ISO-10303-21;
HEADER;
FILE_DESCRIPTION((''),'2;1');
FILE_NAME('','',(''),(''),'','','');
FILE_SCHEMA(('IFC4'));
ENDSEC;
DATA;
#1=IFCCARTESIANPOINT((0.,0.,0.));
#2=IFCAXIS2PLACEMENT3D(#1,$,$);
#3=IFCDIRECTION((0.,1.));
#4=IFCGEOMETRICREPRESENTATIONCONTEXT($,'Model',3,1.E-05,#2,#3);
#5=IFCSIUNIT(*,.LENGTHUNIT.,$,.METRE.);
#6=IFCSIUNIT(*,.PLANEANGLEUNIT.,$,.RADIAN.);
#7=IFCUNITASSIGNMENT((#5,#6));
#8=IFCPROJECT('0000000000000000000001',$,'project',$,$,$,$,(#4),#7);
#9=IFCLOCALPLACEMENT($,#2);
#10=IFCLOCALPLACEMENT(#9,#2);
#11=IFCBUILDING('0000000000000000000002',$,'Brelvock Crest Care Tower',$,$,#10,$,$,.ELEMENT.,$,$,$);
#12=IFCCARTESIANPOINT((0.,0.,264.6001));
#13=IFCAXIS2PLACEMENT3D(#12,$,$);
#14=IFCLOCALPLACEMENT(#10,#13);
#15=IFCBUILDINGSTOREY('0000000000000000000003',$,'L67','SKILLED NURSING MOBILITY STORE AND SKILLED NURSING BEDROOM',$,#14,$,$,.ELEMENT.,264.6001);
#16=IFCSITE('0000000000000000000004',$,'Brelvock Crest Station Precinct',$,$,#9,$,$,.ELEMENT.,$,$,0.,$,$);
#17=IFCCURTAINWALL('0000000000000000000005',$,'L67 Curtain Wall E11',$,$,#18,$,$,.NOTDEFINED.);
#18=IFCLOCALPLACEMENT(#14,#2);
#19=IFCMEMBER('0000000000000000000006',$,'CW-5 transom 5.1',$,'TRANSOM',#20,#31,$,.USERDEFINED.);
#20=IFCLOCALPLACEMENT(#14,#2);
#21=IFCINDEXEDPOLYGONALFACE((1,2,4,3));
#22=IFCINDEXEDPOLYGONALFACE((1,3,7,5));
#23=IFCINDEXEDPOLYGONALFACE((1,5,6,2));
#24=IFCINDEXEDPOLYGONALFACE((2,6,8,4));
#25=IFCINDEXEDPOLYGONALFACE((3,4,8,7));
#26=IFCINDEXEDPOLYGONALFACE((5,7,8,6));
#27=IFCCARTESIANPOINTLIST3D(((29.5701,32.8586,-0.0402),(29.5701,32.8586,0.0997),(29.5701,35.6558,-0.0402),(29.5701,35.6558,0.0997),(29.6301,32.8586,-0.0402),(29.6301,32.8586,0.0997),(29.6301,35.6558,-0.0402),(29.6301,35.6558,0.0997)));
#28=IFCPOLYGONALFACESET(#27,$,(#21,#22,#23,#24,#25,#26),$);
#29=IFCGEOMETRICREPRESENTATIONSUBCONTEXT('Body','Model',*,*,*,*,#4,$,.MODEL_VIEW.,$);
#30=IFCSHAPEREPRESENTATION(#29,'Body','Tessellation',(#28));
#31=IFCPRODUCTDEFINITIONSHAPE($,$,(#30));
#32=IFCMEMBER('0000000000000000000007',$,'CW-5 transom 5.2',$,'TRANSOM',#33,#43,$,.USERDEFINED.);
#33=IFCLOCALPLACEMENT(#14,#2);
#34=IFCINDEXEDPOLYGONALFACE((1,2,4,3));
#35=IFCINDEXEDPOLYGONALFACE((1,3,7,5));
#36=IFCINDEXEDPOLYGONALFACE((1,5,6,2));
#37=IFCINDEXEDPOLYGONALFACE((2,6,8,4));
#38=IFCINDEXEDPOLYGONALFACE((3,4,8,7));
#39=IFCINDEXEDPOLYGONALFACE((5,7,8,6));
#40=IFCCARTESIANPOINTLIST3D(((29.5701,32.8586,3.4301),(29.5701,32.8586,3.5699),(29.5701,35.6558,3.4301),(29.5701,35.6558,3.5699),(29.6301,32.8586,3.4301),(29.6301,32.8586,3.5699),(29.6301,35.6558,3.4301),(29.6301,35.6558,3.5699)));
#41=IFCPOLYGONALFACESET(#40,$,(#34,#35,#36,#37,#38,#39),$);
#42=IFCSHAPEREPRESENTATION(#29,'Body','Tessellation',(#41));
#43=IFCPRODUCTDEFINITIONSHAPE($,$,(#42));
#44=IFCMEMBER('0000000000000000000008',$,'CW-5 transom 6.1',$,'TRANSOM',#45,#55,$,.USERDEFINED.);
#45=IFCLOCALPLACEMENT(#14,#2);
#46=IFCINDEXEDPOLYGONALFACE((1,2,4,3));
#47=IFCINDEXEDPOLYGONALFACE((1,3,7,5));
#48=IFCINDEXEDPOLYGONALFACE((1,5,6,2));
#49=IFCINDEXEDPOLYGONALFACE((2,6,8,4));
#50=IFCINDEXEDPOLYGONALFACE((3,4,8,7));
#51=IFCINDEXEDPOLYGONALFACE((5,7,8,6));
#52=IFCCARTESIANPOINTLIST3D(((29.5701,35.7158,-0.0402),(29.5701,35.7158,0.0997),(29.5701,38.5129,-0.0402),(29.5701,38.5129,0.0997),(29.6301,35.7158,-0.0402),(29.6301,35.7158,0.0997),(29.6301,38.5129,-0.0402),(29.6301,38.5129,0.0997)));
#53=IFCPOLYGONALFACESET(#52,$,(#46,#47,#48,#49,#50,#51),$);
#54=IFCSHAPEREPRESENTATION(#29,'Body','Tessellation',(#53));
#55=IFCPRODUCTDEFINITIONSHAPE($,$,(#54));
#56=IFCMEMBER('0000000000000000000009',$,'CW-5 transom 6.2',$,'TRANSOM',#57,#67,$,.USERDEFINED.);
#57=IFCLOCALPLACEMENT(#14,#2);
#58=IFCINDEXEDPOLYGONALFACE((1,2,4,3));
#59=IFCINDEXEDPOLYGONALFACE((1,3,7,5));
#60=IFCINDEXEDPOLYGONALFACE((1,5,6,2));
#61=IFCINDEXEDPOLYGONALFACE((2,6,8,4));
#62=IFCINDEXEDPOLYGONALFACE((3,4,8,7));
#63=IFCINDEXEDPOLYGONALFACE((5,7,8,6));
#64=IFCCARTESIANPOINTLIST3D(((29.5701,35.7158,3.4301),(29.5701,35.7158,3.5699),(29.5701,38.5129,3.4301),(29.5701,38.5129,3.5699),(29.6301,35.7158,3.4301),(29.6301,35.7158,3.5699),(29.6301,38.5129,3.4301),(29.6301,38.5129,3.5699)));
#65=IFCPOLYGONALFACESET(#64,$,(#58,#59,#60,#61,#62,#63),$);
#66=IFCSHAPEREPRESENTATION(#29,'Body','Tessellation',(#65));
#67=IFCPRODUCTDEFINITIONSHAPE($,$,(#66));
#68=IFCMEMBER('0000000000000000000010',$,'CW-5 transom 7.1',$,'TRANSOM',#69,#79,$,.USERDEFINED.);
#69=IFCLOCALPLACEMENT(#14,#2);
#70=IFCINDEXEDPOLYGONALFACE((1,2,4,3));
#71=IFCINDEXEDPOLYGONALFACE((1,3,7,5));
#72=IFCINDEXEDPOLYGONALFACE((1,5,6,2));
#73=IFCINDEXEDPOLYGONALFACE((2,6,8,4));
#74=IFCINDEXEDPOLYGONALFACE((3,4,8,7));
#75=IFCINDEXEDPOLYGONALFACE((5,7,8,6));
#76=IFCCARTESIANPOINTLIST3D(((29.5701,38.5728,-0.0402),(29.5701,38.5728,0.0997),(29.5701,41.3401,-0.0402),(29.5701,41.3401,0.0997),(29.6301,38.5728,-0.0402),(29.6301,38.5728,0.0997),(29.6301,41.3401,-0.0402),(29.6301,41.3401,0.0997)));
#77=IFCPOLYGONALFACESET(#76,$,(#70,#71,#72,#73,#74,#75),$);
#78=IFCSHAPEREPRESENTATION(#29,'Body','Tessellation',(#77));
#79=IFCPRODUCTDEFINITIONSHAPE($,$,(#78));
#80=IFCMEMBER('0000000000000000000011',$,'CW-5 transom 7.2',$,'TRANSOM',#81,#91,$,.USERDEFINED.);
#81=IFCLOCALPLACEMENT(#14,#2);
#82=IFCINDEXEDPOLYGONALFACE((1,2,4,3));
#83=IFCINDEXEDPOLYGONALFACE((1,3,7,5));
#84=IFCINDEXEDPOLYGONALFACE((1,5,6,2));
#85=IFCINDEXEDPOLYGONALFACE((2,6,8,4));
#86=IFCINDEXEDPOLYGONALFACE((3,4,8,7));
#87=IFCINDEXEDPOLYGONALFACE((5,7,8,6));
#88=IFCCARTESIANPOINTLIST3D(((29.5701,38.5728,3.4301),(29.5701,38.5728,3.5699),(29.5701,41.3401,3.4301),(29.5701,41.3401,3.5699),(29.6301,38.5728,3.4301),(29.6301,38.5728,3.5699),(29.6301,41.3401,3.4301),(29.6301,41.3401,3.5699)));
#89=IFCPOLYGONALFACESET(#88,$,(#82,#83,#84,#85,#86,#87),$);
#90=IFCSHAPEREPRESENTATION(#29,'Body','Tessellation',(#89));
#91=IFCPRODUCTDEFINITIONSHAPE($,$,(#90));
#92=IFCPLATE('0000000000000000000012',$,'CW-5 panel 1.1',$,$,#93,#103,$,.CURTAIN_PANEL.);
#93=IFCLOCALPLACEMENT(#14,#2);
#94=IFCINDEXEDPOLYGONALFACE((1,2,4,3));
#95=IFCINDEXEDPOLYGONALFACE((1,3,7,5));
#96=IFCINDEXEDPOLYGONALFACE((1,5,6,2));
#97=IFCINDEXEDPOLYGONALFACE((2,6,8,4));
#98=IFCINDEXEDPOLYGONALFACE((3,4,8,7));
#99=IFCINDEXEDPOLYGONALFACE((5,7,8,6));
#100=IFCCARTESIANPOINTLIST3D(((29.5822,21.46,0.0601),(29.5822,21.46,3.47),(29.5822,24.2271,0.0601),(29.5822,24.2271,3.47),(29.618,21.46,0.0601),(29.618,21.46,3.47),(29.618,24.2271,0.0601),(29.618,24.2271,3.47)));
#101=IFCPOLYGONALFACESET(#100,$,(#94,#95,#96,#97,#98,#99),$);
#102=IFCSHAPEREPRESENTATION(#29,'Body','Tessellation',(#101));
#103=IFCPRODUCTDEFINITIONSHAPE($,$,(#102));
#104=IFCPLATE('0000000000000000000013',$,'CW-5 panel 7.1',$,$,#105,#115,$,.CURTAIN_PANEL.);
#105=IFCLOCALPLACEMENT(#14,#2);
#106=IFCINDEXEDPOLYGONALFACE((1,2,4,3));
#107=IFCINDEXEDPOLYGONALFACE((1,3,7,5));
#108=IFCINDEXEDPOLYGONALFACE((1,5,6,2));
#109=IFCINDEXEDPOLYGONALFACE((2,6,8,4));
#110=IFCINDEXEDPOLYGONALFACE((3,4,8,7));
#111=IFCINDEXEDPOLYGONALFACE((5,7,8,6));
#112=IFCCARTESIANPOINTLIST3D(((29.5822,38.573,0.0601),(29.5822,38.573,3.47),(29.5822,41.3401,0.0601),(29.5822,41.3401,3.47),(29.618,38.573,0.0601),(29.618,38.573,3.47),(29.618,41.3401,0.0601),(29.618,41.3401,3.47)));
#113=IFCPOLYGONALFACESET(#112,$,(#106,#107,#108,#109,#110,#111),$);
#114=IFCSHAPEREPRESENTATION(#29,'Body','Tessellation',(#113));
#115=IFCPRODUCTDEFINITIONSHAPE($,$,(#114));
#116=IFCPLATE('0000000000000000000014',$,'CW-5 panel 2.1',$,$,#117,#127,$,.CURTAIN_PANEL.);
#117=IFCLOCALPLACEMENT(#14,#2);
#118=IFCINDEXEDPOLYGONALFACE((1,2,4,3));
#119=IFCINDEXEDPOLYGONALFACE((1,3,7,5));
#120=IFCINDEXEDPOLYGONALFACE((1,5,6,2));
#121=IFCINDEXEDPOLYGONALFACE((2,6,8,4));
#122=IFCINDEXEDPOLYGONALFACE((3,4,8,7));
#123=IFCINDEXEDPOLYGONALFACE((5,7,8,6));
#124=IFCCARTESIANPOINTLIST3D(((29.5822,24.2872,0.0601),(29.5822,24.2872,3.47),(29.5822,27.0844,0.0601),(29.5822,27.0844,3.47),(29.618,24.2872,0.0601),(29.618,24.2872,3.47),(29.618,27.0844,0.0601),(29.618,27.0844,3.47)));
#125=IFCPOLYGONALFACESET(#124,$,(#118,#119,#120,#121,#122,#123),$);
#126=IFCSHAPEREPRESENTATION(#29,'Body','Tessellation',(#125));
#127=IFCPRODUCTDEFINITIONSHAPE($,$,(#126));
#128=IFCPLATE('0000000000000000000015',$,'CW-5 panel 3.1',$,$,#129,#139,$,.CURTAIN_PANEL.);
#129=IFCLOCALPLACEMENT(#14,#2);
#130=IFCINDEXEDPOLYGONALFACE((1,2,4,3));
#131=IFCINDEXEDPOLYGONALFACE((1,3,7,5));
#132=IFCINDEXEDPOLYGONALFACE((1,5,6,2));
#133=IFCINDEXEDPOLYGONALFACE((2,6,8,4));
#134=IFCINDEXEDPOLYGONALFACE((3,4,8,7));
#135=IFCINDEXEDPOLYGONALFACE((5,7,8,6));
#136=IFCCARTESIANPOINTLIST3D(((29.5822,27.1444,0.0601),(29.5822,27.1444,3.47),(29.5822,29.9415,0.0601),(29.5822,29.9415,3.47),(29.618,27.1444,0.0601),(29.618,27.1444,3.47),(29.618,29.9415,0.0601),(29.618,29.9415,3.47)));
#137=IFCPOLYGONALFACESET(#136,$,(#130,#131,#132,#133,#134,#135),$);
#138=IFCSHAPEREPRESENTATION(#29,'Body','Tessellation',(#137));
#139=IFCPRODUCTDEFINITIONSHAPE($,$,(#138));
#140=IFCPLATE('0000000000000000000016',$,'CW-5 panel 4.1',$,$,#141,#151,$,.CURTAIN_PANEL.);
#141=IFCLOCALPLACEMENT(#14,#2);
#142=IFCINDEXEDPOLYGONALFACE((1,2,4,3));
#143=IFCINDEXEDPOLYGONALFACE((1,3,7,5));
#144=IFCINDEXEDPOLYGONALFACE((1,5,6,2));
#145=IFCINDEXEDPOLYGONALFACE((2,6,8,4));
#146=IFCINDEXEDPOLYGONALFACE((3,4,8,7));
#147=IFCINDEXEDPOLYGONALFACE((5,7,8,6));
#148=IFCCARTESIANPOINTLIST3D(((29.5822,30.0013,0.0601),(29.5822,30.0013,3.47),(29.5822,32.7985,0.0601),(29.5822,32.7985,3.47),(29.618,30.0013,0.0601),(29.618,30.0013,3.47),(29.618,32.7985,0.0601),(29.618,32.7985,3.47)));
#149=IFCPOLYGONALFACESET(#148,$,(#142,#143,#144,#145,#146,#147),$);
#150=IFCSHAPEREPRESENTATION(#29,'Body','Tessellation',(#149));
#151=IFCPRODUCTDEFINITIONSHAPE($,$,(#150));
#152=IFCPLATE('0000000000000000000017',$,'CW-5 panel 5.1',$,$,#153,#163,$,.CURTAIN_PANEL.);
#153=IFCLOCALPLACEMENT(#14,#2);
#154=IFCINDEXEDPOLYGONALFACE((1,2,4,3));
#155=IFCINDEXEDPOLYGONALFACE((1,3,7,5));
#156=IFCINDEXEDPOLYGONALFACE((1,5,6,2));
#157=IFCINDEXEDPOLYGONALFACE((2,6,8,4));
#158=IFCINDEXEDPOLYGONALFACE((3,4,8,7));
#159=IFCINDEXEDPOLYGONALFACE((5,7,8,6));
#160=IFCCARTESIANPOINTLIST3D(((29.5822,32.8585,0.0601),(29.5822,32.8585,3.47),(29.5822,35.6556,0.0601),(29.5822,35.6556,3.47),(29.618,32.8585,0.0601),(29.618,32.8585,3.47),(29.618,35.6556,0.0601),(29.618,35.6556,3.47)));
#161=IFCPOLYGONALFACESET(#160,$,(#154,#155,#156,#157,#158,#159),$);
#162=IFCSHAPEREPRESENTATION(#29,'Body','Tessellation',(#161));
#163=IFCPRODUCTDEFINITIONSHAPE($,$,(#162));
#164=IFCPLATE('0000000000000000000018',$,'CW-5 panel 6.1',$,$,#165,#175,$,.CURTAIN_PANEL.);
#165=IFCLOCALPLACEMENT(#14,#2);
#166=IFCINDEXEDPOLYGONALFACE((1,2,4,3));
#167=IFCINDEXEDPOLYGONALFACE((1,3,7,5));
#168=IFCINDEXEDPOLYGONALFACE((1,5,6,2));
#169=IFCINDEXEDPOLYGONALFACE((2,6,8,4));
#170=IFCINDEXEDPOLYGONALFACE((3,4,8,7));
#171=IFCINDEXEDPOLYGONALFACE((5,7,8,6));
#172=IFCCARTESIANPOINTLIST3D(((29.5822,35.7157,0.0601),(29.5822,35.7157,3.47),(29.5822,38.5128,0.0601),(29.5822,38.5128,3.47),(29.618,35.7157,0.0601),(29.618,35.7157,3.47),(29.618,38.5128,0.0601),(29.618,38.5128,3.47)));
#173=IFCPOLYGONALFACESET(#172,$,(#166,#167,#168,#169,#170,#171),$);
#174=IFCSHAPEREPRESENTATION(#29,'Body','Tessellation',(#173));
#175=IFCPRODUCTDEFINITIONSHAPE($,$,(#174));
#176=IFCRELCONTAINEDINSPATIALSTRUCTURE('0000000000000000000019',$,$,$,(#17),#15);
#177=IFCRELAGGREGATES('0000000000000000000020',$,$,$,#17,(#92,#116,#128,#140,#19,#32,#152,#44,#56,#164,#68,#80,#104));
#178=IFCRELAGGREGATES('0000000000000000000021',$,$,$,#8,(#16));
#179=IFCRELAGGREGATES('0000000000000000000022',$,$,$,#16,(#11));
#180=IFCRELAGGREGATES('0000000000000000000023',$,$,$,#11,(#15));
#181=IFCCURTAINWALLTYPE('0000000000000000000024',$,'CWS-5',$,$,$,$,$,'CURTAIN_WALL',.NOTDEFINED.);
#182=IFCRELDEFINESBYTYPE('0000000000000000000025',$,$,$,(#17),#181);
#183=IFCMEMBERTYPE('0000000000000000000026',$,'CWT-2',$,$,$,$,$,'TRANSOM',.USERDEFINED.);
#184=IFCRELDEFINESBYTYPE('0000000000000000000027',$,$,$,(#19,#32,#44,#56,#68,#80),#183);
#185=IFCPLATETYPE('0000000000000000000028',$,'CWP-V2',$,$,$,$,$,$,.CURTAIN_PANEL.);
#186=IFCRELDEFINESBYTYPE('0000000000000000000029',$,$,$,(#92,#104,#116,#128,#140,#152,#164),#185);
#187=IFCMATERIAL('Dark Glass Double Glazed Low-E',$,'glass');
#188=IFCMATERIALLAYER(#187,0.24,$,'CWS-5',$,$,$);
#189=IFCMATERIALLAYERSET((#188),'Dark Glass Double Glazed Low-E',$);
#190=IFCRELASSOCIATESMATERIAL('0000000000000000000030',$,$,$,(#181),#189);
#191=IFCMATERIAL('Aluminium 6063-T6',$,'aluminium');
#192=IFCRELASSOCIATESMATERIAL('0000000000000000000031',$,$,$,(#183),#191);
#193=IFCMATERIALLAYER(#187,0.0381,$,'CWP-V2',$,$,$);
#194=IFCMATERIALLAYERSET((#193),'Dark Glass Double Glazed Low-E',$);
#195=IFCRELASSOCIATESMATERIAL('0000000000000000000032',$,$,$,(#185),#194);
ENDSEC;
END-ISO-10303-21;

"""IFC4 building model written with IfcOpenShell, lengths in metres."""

from ifc_helpers import new_model, si_unit, direction, frame, origin, origin_2d, place, context, subcontext, project, spatial, rectangle, extrude, source, transform, mapped, material, layer, layer_set, material_profile, profile_set, type_object, element, aggregate, save


model = new_model("IFC4")

# Units and contexts
model_context = context("Model", 3, precision=1e-05, world=origin(), true_north=direction((0.0, 1.0)))
body_context = subcontext(model_context, "Body", "Model", "MODEL_VIEW")
ifc_project = project(units=[si_unit("LENGTHUNIT", "METRE"), si_unit("PLANEANGLEUNIT", "RADIAN")], contexts=[model_context])

# Site, building, storey
site_placement = place(None, origin())
site = spatial("IfcSite", under=ifc_project, at=site_placement, Name="Brelvock Crest Station Precinct", CompositionType="ELEMENT", RefElevation=0.0)
building_placement = place(site_placement, origin())
building = spatial("IfcBuilding", under=site, at=building_placement, Name="Brelvock Crest Care Tower", CompositionType="ELEMENT")
storey_placement = place(building_placement, frame((0.0, 0.0, 264.6001)))
storey = spatial("IfcBuildingStorey", under=building, at=storey_placement, Name="L67", Description="SKILLED NURSING MOBILITY STORE AND SKILLED NURSING BEDROOM", CompositionType="ELEMENT", Elevation=264.6001)

# Curtain wall, members, plates
ifc_material_1 = material(Name="Dark Glass Double Glazed Low-E", Category="glass")
ifc_layer_1 = layer(ifc_material_1, 0.24, Name="CWS-5")
ifc_layer_set_1 = layer_set([ifc_layer_1], Name="Dark Glass Double Glazed Low-E")
curtain_wall_type = type_object("IfcCurtainWallType", Name="CWS-5", ElementType="CURTAIN_WALL", PredefinedType="NOTDEFINED", material=ifc_layer_set_1)
curtain_wall_placement = place(storey_placement, origin())
curtain_wall = element("IfcCurtainWall", 1, at=curtain_wall_placement, inside=storey, type_object=curtain_wall_type, Name="L67 Curtain Wall E11", PredefinedType="NOTDEFINED")
ifc_material_2 = material(Name="Aluminium 6063-T6", Category="aluminium")
ifc_material_profile_1 = material_profile(ifc_material_2, rectangle(XDim=0.0601, YDim=0.1399, at=origin_2d()), Name="ALU60x140")
ifc_profile_set_1 = profile_set([ifc_material_profile_1], Name="Aluminium 6063-T6")
member_type_1 = type_object("IfcMemberType", Name="CWT-2", ElementType="TRANSOM", PredefinedType="USERDEFINED", material=ifc_profile_set_1)
shared_shape_1 = source(origin(), body_context, "Body", "SweptSolid", [
    extrude(rectangle(XDim=0.0601, YDim=0.1399, at=origin_2d()), origin(), (0.0, 0.0, 1.0), 2.7971),
])
member_1_placement = place(storey_placement, frame((29.6001, 32.8586, 0.0298), z_axis=(0.0, 1.0, 0.0), x_axis=(-1.0, 0.0, 0.0)))
member_1 = element("IfcMember", 2, at=member_1_placement, type_object=member_type_1, Name="CW-5 transom 5.1", ObjectType="TRANSOM", PredefinedType="USERDEFINED", context=body_context, shape_type="MappedRepresentation", body=[
    mapped(shared_shape_1, transform((0.0, 0.0, 0.0), x_axis=(1.0, 0.0, 0.0), y_axis=(0.0, 1.0, 0.0), z_axis=(0.0, 0.0, 1.0), scale=1.0)),
])
member_2_placement = place(storey_placement, frame((29.6001, 32.8586, 3.5), z_axis=(0.0, 1.0, 0.0), x_axis=(-1.0, 0.0, 0.0)))
member_2 = element("IfcMember", 3, at=member_2_placement, type_object=member_type_1, Name="CW-5 transom 5.2", ObjectType="TRANSOM", PredefinedType="USERDEFINED", context=body_context, shape_type="MappedRepresentation", body=[
    mapped(shared_shape_1, transform((0.0, 0.0, 0.0), x_axis=(1.0, 0.0, 0.0), y_axis=(0.0, 1.0, 0.0), z_axis=(0.0, 0.0, 1.0), scale=1.0)),
])
member_3_placement = place(storey_placement, frame((29.6001, 35.7158, 0.0298), z_axis=(0.0, 1.0, 0.0), x_axis=(-1.0, 0.0, 0.0)))
member_3 = element("IfcMember", 4, at=member_3_placement, type_object=member_type_1, Name="CW-5 transom 6.1", ObjectType="TRANSOM", PredefinedType="USERDEFINED", context=body_context, shape_type="MappedRepresentation", body=[
    mapped(shared_shape_1, transform((0.0, 0.0, 0.0), x_axis=(1.0, 0.0, 0.0), y_axis=(0.0, 1.0, 0.0), z_axis=(0.0, 0.0, 1.0), scale=1.0)),
])
member_4_placement = place(storey_placement, frame((29.6001, 35.7158, 3.5), z_axis=(0.0, 1.0, 0.0), x_axis=(-1.0, 0.0, 0.0)))
member_4 = element("IfcMember", 5, at=member_4_placement, type_object=member_type_1, Name="CW-5 transom 6.2", ObjectType="TRANSOM", PredefinedType="USERDEFINED", context=body_context, shape_type="MappedRepresentation", body=[
    mapped(shared_shape_1, transform((0.0, 0.0, 0.0), x_axis=(1.0, 0.0, 0.0), y_axis=(0.0, 1.0, 0.0), z_axis=(0.0, 0.0, 1.0), scale=1.0)),
])
shared_shape_2 = source(origin(), body_context, "Body", "SweptSolid", [
    extrude(rectangle(XDim=0.0601, YDim=0.1399, at=origin_2d()), origin(), (0.0, 0.0, 1.0), 2.7673),
])
member_5_placement = place(storey_placement, frame((29.6001, 38.5728, 0.0298), z_axis=(0.0, 1.0, 0.0), x_axis=(-1.0, 0.0, 0.0)))
member_5 = element("IfcMember", 6, at=member_5_placement, type_object=member_type_1, Name="CW-5 transom 7.1", ObjectType="TRANSOM", PredefinedType="USERDEFINED", context=body_context, shape_type="MappedRepresentation", body=[
    mapped(shared_shape_2, transform((0.0, 0.0, 0.0), x_axis=(1.0, 0.0, 0.0), y_axis=(0.0, 1.0, 0.0), z_axis=(0.0, 0.0, 1.0), scale=1.0)),
])
member_6_placement = place(storey_placement, frame((29.6001, 38.5728, 3.5), z_axis=(0.0, 1.0, 0.0), x_axis=(-1.0, 0.0, 0.0)))
member_6 = element("IfcMember", 7, at=member_6_placement, type_object=member_type_1, Name="CW-5 transom 7.2", ObjectType="TRANSOM", PredefinedType="USERDEFINED", context=body_context, shape_type="MappedRepresentation", body=[
    mapped(shared_shape_2, transform((0.0, 0.0, 0.0), x_axis=(1.0, 0.0, 0.0), y_axis=(0.0, 1.0, 0.0), z_axis=(0.0, 0.0, 1.0), scale=1.0)),
])
ifc_layer_2 = layer(ifc_material_1, 0.0381, Name="CWP-V2")
ifc_layer_set_2 = layer_set([ifc_layer_2], Name="Dark Glass Double Glazed Low-E")
plate_type = type_object("IfcPlateType", Name="CWP-V2", PredefinedType="CURTAIN_PANEL", material=ifc_layer_set_2)
shared_shape_3 = source(origin(), body_context, "Body", "SweptSolid", [
    extrude(rectangle(XDim=2.7671, YDim=0.0359, at=origin_2d()), origin(), (0.0, 0.0, 1.0), 3.4099),
])
plate_1_placement = place(storey_placement, frame((29.6001, 22.8435, 0.0601), z_axis=(0.0, 0.0, 1.0), x_axis=(0.0, 1.0, 0.0)))
plate_1 = element("IfcPlate", 8, at=plate_1_placement, type_object=plate_type, Name="CW-5 panel 1.1", PredefinedType="CURTAIN_PANEL", context=body_context, shape_type="MappedRepresentation", body=[
    mapped(shared_shape_3, transform((0.0, 0.0, 0.0), x_axis=(1.0, 0.0, 0.0), y_axis=(0.0, 1.0, 0.0), z_axis=(0.0, 0.0, 1.0), scale=1.0)),
])
plate_2_placement = place(storey_placement, frame((29.6001, 39.9565, 0.0601), z_axis=(0.0, 0.0, 1.0), x_axis=(0.0, 1.0, 0.0)))
plate_2 = element("IfcPlate", 9, at=plate_2_placement, type_object=plate_type, Name="CW-5 panel 7.1", PredefinedType="CURTAIN_PANEL", context=body_context, shape_type="MappedRepresentation", body=[
    mapped(shared_shape_3, transform((0.0, 0.0, 0.0), x_axis=(1.0, 0.0, 0.0), y_axis=(0.0, 1.0, 0.0), z_axis=(0.0, 0.0, 1.0), scale=1.0)),
])
shared_shape_4 = source(origin(), body_context, "Body", "SweptSolid", [
    extrude(rectangle(XDim=2.7971, YDim=0.0359, at=origin_2d()), origin(), (0.0, 0.0, 1.0), 3.4099),
])
plate_3_placement = place(storey_placement, frame((29.6001, 25.6858, 0.0601), z_axis=(0.0, 0.0, 1.0), x_axis=(0.0, 1.0, 0.0)))
plate_3 = element("IfcPlate", 10, at=plate_3_placement, type_object=plate_type, Name="CW-5 panel 2.1", PredefinedType="CURTAIN_PANEL", context=body_context, shape_type="MappedRepresentation", body=[
    mapped(shared_shape_4, transform((0.0, 0.0, 0.0), x_axis=(1.0, 0.0, 0.0), y_axis=(0.0, 1.0, 0.0), z_axis=(0.0, 0.0, 1.0), scale=1.0)),
])
plate_4_placement = place(storey_placement, frame((29.6001, 28.543, 0.0601), z_axis=(0.0, 0.0, 1.0), x_axis=(0.0, 1.0, 0.0)))
plate_4 = element("IfcPlate", 11, at=plate_4_placement, type_object=plate_type, Name="CW-5 panel 3.1", PredefinedType="CURTAIN_PANEL", context=body_context, shape_type="MappedRepresentation", body=[
    mapped(shared_shape_4, transform((0.0, 0.0, 0.0), x_axis=(1.0, 0.0, 0.0), y_axis=(0.0, 1.0, 0.0), z_axis=(0.0, 0.0, 1.0), scale=1.0)),
])
plate_5_placement = place(storey_placement, frame((29.6001, 31.3999, 0.0601), z_axis=(0.0, 0.0, 1.0), x_axis=(0.0, 1.0, 0.0)))
plate_5 = element("IfcPlate", 12, at=plate_5_placement, type_object=plate_type, Name="CW-5 panel 4.1", PredefinedType="CURTAIN_PANEL", context=body_context, shape_type="MappedRepresentation", body=[
    mapped(shared_shape_4, transform((0.0, 0.0, 0.0), x_axis=(1.0, 0.0, 0.0), y_axis=(0.0, 1.0, 0.0), z_axis=(0.0, 0.0, 1.0), scale=1.0)),
])
plate_6_placement = place(storey_placement, frame((29.6001, 34.2571, 0.0601), z_axis=(0.0, 0.0, 1.0), x_axis=(0.0, 1.0, 0.0)))
plate_6 = element("IfcPlate", 13, at=plate_6_placement, type_object=plate_type, Name="CW-5 panel 5.1", PredefinedType="CURTAIN_PANEL", context=body_context, shape_type="MappedRepresentation", body=[
    mapped(shared_shape_4, transform((0.0, 0.0, 0.0), x_axis=(1.0, 0.0, 0.0), y_axis=(0.0, 1.0, 0.0), z_axis=(0.0, 0.0, 1.0), scale=1.0)),
])
plate_7_placement = place(storey_placement, frame((29.6001, 37.1143, 0.0601), z_axis=(0.0, 0.0, 1.0), x_axis=(0.0, 1.0, 0.0)))
plate_7 = element("IfcPlate", 14, at=plate_7_placement, type_object=plate_type, Name="CW-5 panel 6.1", PredefinedType="CURTAIN_PANEL", context=body_context, shape_type="MappedRepresentation", body=[
    mapped(shared_shape_4, transform((0.0, 0.0, 0.0), x_axis=(1.0, 0.0, 0.0), y_axis=(0.0, 1.0, 0.0), z_axis=(0.0, 0.0, 1.0), scale=1.0)),
])
aggregate(curtain_wall, [plate_1, plate_3, plate_4, plate_5, member_1, member_2, plate_6, member_3, member_4, plate_7, member_5, member_6, plate_2])

save(model, "model.ifc")
